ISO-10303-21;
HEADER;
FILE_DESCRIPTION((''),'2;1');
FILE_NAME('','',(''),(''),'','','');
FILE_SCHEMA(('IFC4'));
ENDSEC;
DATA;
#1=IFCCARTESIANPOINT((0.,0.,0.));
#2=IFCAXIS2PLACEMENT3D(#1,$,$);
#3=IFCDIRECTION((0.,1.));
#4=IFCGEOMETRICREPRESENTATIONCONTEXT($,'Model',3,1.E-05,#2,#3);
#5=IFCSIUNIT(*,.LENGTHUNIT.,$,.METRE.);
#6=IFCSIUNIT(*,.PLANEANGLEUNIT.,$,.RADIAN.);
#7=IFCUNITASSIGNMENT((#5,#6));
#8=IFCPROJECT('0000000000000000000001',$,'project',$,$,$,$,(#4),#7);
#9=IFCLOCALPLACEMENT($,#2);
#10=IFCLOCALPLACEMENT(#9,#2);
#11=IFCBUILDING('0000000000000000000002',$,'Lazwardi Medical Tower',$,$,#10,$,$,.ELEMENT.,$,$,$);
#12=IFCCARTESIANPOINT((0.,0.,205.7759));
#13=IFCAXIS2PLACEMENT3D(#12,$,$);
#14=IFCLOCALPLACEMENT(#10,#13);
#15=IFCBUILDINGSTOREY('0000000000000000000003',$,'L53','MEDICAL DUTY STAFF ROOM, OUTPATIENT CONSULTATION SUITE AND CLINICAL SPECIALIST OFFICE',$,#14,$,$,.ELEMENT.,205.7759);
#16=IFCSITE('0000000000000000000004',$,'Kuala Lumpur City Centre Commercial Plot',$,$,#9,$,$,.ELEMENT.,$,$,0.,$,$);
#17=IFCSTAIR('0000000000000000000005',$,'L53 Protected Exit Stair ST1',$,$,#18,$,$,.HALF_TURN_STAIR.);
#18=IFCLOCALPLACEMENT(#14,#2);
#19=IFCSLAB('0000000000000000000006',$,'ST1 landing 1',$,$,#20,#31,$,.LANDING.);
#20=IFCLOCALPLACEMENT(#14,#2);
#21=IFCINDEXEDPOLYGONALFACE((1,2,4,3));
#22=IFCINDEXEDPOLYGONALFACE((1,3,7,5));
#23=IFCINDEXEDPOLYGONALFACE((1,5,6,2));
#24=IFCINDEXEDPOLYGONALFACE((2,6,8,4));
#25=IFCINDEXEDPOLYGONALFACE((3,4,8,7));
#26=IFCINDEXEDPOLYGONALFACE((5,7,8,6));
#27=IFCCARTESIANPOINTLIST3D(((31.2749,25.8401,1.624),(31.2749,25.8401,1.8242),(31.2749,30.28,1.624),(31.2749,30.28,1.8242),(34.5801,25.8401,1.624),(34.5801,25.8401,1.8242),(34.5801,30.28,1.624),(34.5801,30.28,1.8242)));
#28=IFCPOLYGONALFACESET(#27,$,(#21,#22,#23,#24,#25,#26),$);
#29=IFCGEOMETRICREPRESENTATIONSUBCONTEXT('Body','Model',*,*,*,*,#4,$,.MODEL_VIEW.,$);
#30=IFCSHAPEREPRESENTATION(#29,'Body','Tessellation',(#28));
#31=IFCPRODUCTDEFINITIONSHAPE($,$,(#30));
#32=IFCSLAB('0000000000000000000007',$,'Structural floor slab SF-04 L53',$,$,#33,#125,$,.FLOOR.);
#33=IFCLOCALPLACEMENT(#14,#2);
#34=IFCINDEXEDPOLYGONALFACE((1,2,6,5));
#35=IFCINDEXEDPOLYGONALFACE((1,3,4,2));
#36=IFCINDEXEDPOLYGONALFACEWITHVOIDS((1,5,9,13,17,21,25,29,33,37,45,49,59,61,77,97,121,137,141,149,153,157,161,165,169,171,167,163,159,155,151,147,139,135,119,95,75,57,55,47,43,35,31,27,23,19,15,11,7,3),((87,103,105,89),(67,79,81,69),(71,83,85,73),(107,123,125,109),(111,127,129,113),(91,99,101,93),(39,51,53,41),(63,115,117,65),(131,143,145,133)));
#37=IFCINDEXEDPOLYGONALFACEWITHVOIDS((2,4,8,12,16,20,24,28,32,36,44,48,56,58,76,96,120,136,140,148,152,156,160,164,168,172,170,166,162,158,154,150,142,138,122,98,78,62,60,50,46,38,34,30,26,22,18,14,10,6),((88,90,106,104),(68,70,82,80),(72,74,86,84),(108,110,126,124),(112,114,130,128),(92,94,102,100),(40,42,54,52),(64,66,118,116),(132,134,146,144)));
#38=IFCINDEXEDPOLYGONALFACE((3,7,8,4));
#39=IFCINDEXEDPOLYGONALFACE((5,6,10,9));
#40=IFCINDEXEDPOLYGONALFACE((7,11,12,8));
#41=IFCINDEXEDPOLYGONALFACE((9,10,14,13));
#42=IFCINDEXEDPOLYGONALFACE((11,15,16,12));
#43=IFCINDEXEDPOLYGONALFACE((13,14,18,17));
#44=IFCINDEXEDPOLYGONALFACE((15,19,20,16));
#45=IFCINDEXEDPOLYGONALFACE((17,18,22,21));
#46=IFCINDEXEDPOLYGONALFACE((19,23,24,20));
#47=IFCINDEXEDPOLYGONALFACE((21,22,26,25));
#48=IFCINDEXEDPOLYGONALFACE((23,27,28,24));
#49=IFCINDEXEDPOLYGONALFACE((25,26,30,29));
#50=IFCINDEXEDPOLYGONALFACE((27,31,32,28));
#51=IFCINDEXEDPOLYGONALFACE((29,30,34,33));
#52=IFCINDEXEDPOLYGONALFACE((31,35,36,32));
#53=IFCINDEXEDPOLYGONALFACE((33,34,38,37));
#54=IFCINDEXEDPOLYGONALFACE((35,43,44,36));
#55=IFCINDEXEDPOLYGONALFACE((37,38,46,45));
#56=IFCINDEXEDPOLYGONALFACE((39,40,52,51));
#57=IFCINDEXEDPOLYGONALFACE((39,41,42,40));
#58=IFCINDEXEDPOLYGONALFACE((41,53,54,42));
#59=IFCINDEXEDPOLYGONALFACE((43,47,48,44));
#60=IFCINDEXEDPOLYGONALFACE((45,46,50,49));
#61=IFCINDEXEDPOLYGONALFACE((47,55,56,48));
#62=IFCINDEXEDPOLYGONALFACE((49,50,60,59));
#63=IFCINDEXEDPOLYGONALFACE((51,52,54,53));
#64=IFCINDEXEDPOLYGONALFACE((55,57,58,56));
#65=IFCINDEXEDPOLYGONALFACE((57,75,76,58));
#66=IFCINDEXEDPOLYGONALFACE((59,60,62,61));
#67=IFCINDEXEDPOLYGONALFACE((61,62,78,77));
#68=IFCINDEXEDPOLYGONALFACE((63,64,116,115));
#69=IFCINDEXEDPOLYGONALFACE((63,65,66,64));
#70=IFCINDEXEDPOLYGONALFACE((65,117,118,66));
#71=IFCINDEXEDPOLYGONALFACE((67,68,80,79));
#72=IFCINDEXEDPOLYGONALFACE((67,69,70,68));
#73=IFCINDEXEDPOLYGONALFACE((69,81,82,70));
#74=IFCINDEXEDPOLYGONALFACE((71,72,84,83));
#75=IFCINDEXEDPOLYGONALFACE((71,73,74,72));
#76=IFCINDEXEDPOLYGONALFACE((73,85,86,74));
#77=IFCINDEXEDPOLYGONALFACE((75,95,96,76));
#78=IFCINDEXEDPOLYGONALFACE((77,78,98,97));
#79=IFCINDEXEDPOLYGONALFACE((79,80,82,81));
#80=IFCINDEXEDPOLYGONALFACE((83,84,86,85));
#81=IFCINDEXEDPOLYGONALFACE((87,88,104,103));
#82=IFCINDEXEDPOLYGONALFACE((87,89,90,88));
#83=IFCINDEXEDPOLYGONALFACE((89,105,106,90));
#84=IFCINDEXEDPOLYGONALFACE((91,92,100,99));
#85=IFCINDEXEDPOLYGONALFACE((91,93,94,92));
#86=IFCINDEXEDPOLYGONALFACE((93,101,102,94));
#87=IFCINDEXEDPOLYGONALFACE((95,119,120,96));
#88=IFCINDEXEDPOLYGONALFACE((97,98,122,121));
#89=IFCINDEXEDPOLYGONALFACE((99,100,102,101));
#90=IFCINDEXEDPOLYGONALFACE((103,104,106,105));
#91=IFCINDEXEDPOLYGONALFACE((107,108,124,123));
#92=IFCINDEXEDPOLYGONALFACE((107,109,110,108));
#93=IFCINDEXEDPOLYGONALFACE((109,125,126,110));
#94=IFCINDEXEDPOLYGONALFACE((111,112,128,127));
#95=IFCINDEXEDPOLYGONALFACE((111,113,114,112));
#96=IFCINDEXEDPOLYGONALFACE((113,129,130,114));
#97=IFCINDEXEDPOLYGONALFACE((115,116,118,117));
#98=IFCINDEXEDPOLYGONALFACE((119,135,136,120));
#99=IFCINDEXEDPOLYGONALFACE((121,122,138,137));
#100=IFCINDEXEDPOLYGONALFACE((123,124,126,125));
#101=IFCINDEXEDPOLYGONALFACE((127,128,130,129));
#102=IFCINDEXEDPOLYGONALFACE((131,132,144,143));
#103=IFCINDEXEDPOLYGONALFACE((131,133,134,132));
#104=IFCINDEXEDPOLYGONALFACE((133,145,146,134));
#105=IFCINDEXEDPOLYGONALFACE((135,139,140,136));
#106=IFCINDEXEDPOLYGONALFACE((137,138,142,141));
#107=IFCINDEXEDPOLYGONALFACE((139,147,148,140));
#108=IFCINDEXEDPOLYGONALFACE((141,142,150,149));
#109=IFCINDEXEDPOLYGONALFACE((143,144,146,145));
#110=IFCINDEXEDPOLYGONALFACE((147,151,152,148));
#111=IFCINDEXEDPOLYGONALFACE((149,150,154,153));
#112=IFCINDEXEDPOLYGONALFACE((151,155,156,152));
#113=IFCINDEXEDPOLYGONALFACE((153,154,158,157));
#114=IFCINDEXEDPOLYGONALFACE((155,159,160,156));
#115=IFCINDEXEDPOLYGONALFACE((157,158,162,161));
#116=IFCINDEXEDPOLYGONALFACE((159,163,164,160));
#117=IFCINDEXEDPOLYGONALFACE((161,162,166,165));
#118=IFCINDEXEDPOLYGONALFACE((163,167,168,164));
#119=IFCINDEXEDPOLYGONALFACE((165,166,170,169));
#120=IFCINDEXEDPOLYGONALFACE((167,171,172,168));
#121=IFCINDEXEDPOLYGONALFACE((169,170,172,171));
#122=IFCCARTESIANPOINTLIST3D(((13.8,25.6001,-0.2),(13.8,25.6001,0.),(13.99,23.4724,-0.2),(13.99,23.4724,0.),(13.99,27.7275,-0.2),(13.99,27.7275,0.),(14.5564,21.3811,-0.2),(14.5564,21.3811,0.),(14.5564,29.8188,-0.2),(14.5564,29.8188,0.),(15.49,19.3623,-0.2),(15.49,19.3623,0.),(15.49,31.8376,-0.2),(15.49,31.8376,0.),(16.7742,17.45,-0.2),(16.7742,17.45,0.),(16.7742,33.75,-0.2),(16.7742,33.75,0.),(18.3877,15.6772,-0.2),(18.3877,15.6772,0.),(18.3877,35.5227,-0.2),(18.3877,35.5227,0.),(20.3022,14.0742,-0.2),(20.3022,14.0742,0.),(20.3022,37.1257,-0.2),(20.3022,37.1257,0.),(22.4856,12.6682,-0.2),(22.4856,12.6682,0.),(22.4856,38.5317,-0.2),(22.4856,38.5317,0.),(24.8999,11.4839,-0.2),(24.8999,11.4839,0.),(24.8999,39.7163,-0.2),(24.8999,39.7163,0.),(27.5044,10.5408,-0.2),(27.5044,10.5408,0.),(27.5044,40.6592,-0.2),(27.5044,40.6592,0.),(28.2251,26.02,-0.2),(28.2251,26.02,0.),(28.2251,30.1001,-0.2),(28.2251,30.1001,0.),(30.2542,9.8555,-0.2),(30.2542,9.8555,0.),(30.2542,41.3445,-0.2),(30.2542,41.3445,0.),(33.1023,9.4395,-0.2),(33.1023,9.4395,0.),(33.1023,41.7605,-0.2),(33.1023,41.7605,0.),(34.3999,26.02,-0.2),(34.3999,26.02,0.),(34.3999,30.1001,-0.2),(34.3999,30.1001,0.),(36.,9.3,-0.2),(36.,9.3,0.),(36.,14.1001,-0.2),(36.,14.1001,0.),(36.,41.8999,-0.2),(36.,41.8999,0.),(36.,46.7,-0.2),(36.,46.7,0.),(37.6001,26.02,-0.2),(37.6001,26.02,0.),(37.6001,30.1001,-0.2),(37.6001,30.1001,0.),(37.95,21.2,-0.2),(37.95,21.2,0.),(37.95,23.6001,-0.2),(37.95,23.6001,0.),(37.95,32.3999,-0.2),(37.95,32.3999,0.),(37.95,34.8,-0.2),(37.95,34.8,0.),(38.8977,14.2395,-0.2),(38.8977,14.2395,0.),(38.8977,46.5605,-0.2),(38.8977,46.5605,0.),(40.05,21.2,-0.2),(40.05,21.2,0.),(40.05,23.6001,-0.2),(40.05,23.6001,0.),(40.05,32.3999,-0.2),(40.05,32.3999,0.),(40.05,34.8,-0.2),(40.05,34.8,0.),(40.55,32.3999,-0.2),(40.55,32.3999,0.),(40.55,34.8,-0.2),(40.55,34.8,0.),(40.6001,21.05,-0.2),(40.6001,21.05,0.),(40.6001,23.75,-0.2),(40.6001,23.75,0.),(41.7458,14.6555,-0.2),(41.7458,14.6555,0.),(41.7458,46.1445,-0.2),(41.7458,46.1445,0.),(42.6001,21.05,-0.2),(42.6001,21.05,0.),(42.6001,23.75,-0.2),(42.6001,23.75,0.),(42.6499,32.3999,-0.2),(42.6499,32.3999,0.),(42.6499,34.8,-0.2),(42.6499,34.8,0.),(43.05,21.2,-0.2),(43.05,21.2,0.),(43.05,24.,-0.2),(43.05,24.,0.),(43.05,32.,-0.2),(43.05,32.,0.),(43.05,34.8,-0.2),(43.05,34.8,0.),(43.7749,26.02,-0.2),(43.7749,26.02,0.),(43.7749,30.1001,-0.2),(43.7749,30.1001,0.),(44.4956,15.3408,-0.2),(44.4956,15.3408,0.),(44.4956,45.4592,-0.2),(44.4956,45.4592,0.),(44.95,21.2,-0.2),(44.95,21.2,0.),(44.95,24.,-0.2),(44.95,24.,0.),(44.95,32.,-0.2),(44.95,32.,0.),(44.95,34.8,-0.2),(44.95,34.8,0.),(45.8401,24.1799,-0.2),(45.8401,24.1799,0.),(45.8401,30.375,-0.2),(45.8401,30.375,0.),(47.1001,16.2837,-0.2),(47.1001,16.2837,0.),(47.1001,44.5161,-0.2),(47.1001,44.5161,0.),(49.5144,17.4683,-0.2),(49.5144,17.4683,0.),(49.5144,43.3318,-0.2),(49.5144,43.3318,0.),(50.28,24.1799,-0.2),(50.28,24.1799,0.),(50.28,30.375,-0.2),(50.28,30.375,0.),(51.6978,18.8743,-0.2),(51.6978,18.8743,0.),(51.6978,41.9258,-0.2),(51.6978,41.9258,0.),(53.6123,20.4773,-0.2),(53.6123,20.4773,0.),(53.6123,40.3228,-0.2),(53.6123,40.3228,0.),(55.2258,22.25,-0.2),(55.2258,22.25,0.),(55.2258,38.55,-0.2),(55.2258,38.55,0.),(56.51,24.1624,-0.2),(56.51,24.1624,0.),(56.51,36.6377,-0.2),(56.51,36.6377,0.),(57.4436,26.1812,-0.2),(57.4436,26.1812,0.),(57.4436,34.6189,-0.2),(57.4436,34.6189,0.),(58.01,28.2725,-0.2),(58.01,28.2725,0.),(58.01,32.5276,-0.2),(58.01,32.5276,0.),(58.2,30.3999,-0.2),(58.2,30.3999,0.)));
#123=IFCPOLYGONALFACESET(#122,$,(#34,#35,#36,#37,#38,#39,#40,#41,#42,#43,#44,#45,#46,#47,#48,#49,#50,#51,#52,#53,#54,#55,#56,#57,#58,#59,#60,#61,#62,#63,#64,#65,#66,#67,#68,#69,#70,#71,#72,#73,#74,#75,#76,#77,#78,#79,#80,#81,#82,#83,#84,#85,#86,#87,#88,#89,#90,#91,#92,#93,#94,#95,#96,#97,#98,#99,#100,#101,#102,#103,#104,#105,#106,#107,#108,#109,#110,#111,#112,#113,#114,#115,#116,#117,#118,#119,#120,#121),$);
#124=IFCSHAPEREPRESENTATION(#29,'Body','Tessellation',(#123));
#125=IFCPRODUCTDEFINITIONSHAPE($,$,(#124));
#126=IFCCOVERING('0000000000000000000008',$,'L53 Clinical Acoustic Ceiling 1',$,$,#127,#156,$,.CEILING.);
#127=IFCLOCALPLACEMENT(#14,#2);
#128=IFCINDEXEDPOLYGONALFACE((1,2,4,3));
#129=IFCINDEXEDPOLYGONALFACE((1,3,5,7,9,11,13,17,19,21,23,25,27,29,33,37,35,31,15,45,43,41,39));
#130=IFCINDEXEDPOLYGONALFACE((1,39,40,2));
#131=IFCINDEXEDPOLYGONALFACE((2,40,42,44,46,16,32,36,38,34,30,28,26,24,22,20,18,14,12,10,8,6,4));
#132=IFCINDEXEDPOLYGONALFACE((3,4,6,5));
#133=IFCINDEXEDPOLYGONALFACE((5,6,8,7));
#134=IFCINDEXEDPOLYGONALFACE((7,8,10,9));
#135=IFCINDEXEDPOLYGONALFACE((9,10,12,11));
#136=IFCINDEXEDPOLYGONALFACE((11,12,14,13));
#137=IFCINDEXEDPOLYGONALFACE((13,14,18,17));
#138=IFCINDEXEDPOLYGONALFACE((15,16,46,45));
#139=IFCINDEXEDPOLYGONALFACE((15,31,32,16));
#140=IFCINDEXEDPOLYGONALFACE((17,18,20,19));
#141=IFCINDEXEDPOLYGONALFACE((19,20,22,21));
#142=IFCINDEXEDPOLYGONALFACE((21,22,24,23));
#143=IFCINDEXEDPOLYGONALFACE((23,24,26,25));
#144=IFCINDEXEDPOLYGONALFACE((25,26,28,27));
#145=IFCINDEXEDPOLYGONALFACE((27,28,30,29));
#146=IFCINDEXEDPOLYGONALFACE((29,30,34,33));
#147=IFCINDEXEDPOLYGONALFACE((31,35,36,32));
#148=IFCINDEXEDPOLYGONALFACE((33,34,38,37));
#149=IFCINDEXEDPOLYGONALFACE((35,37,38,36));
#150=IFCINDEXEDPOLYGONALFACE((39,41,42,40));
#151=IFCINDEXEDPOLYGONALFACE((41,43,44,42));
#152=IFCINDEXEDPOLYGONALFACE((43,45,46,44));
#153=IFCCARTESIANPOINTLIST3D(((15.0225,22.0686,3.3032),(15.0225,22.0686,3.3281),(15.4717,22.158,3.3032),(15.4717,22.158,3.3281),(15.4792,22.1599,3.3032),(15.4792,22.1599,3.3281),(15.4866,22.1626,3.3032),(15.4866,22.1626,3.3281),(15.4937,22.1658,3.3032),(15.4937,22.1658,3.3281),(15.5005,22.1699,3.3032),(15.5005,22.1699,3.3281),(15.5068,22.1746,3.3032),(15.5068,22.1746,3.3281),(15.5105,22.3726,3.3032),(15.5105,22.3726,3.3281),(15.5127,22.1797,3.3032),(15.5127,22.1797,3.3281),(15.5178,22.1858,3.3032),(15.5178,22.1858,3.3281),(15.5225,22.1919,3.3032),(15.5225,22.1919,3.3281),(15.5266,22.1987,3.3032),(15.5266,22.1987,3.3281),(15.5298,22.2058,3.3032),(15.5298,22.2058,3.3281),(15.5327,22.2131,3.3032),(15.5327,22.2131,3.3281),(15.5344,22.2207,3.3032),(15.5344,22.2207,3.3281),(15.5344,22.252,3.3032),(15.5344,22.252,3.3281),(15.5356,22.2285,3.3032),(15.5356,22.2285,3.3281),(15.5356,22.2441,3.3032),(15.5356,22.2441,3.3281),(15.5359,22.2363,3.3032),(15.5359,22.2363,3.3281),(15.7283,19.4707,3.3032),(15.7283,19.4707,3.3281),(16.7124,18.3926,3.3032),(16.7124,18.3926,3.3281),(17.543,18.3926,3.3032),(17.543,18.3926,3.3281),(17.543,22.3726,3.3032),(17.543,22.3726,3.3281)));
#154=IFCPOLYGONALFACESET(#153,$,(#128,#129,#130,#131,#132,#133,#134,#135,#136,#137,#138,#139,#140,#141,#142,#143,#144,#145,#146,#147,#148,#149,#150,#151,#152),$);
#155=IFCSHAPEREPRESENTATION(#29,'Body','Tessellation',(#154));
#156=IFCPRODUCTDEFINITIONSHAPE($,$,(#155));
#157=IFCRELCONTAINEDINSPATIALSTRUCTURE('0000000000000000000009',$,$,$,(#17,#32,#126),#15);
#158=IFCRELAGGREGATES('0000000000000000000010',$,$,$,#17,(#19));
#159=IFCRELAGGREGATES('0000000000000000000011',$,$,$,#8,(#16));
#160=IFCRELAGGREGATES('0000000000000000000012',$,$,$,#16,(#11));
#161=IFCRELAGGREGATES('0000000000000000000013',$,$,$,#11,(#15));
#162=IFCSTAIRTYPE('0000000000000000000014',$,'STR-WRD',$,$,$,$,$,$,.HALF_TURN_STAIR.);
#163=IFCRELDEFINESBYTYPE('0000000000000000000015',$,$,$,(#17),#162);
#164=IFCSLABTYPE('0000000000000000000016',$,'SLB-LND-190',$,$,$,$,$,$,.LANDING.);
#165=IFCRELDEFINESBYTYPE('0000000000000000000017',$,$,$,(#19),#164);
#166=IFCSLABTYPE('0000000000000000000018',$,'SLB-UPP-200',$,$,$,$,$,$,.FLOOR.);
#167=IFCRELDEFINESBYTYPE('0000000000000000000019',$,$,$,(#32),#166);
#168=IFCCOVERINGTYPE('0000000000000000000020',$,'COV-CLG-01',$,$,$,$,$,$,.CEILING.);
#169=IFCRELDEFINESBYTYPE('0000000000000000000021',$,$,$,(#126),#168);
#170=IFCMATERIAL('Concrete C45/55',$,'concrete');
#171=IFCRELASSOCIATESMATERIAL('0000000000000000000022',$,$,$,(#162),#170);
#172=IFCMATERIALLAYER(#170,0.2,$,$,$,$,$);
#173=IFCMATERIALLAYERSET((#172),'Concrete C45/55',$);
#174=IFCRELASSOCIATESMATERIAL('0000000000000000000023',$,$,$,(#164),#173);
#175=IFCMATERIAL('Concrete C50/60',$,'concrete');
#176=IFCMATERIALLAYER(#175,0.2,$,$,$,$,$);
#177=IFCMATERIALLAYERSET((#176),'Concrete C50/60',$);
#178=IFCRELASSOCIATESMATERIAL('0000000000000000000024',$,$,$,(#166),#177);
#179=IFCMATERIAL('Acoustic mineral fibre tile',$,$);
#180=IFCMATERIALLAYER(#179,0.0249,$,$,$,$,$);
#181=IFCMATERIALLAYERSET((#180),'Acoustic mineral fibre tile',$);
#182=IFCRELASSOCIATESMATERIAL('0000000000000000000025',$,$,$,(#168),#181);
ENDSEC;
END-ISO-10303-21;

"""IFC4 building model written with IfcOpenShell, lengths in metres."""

from ifc_helpers import new_model, si_unit, direction, frame, origin, place, context, subcontext, project, spatial, polyline, outline, extrude, material, layer, layer_set, type_object, element, aggregate, save


model = new_model("IFC4")

# Units and contexts
model_context = context("Model", 3, precision=1e-05, world=origin(), true_north=direction((0.0, 1.0)))
body_context = subcontext(model_context, "Body", "Model", "MODEL_VIEW")
ifc_project = project(units=[si_unit("LENGTHUNIT", "METRE"), si_unit("PLANEANGLEUNIT", "RADIAN")], contexts=[model_context])

# Site, building, storey
site_placement = place(None, origin())
site = spatial("IfcSite", under=ifc_project, at=site_placement, Name="Kuala Lumpur City Centre Commercial Plot", CompositionType="ELEMENT", RefElevation=0.0)
building_placement = place(site_placement, origin())
building = spatial("IfcBuilding", under=site, at=building_placement, Name="Lazwardi Medical Tower", CompositionType="ELEMENT")
storey_placement = place(building_placement, frame((0.0, 0.0, 205.7759)))
storey = spatial("IfcBuildingStorey", under=building, at=storey_placement, Name="L53", Description="MEDICAL DUTY STAFF ROOM, OUTPATIENT CONSULTATION SUITE AND CLINICAL SPECIALIST OFFICE", CompositionType="ELEMENT", Elevation=205.7759)

# Stair, slab
ifc_material_1 = material(Name="Concrete C45/55", Category="concrete")
stair_type = type_object("IfcStairType", Name="STR-WRD", PredefinedType="HALF_TURN_STAIR", material=ifc_material_1)
stair_placement = place(storey_placement, origin())
stair = element("IfcStair", 1, at=stair_placement, inside=storey, type_object=stair_type, Name="L53 Protected Exit Stair ST1", PredefinedType="HALF_TURN_STAIR")
ifc_layer_1 = layer(ifc_material_1, 0.2)
ifc_layer_set_1 = layer_set([ifc_layer_1], Name="Concrete C45/55")
slab_type_1 = type_object("IfcSlabType", Name="SLB-LND-190", PredefinedType="LANDING", material=ifc_layer_set_1)
slab_1_placement = place(storey_placement, frame((0.0, 0.0, 1.624)))
slab_1 = element("IfcSlab", 2, at=slab_1_placement, type_object=slab_type_1, Name="ST1 landing 1", PredefinedType="LANDING", context=body_context, shape_type="SweptSolid", body=[
    extrude(outline(polyline([(31.2749, 25.8401), (34.5801, 25.8401), (34.5801, 30.28), (31.2749, 30.28), (31.2749, 25.8401)])), origin(), (0.0, 0.0, 1.0), 0.2002),
])
aggregate(stair, [slab_1])

# Slab
ifc_material_2 = material(Name="Concrete C50/60", Category="concrete")
ifc_layer_2 = layer(ifc_material_2, 0.2)
ifc_layer_set_2 = layer_set([ifc_layer_2], Name="Concrete C50/60")
slab_type_2 = type_object("IfcSlabType", Name="SLB-UPP-200", PredefinedType="FLOOR", material=ifc_layer_set_2)
slab_2_placement = place(storey_placement, frame((0.0, 0.0, -0.2)))
element("IfcSlab", 3, at=slab_2_placement, inside=storey, type_object=slab_type_2, Name="Structural floor slab SF-04 L53", PredefinedType="FLOOR", context=body_context, shape_type="SweptSolid", body=[
    extrude(outline(polyline([(18.3877, 15.6772), (20.3022, 14.0742), (22.4856, 12.6682), (24.8999, 11.4839), (27.5044, 10.5408), (30.2542, 9.8555), (33.1023, 9.4395), (36.0, 9.3), (36.0, 14.1001), (38.8977, 14.2395), (41.7458, 14.6555), (44.4956, 15.3408), (47.1001, 16.2837), (49.5144, 17.4683), (51.6978, 18.8743), (53.6123, 20.4773), (55.2258, 22.25), (56.51, 24.1624), (57.4436, 26.1812), (58.01, 28.2725), (58.2, 30.3999), (58.01, 32.5276), (57.4436, 34.6189), (56.51, 36.6377), (55.2258, 38.55), (53.6123, 40.3228), (51.6978, 41.9258), (49.5144, 43.3318), (47.1001, 44.5161), (44.4956, 45.4592), (41.7458, 46.1445), (38.8977, 46.5605), (36.0, 46.7), (36.0, 41.8999), (33.1023, 41.7605), (30.2542, 41.3445), (27.5044, 40.6592), (24.8999, 39.7163), (22.4856, 38.5317), (20.3022, 37.1257), (18.3877, 35.5227), (16.7742, 33.75), (15.49, 31.8376), (14.5564, 29.8188), (13.99, 27.7275), (13.8, 25.6001), (13.99, 23.4724), (14.5564, 21.3811), (15.49, 19.3623), (16.7742, 17.45), (18.3877, 15.6772)]), holes=[polyline([(28.2251, 26.02), (28.2251, 30.1001), (34.3999, 30.1001), (34.3999, 26.02), (28.2251, 26.02)]), polyline([(37.6001, 30.1001), (43.7749, 30.1001), (43.7749, 26.02), (37.6001, 26.02), (37.6001, 30.1001)]), polyline([(50.28, 30.375), (50.28, 24.1799), (45.8401, 24.1799), (45.8401, 30.375), (50.28, 30.375)]), polyline([(40.05, 32.3999), (37.95, 32.3999), (37.95, 34.8), (40.05, 34.8), (40.05, 32.3999)]), polyline([(40.55, 32.3999), (40.55, 34.8), (42.6499, 34.8), (42.6499, 32.3999), (40.55, 32.3999)]), polyline([(37.95, 23.6001), (40.05, 23.6001), (40.05, 21.2), (37.95, 21.2), (37.95, 23.6001)]), polyline([(44.95, 34.8), (44.95, 32.0), (43.05, 32.0), (43.05, 34.8), (44.95, 34.8)]), polyline([(44.95, 21.2), (43.05, 21.2), (43.05, 24.0), (44.95, 24.0), (44.95, 21.2)]), polyline([(40.6001, 21.05), (40.6001, 23.75), (42.6001, 23.75), (42.6001, 21.05), (40.6001, 21.05)])]), origin(), (0.0, 0.0, 1.0), 0.2),
])

# Covering
ifc_material_3 = material(Name="Acoustic mineral fibre tile")
ifc_layer_3 = layer(ifc_material_3, 0.0249)
ifc_layer_set_3 = layer_set([ifc_layer_3], Name="Acoustic mineral fibre tile")
covering_type_1 = type_object("IfcCoveringType", Name="COV-CLG-01", PredefinedType="CEILING", material=ifc_layer_set_3)
covering_1_placement = place(storey_placement, frame((0.0, 0.0, 3.3032)))
element("IfcCovering", 4, at=covering_1_placement, inside=storey, type_object=covering_type_1, Name="L53 Clinical Acoustic Ceiling 1", PredefinedType="CEILING", context=body_context, shape_type="SweptSolid", body=[
    extrude(outline(polyline([(15.5105, 22.3726), (15.5344, 22.252), (15.5356, 22.2441), (15.5359, 22.2363), (15.5356, 22.2285), (15.5344, 22.2207), (15.5327, 22.2131), (15.5298, 22.2058), (15.5266, 22.1987), (15.5225, 22.1919), (15.5178, 22.1858), (15.5127, 22.1797), (15.5068, 22.1746), (15.5005, 22.1699), (15.4937, 22.1658), (15.4866, 22.1626), (15.4792, 22.1599), (15.4717, 22.158), (15.0225, 22.0686), (15.7283, 19.4707), (16.7124, 18.3926), (17.543, 18.3926), (17.543, 22.3726), (15.5105, 22.3726)])), origin(), (0.0, 0.0, 1.0), 0.0249),
])

save(model, "model.ifc")
